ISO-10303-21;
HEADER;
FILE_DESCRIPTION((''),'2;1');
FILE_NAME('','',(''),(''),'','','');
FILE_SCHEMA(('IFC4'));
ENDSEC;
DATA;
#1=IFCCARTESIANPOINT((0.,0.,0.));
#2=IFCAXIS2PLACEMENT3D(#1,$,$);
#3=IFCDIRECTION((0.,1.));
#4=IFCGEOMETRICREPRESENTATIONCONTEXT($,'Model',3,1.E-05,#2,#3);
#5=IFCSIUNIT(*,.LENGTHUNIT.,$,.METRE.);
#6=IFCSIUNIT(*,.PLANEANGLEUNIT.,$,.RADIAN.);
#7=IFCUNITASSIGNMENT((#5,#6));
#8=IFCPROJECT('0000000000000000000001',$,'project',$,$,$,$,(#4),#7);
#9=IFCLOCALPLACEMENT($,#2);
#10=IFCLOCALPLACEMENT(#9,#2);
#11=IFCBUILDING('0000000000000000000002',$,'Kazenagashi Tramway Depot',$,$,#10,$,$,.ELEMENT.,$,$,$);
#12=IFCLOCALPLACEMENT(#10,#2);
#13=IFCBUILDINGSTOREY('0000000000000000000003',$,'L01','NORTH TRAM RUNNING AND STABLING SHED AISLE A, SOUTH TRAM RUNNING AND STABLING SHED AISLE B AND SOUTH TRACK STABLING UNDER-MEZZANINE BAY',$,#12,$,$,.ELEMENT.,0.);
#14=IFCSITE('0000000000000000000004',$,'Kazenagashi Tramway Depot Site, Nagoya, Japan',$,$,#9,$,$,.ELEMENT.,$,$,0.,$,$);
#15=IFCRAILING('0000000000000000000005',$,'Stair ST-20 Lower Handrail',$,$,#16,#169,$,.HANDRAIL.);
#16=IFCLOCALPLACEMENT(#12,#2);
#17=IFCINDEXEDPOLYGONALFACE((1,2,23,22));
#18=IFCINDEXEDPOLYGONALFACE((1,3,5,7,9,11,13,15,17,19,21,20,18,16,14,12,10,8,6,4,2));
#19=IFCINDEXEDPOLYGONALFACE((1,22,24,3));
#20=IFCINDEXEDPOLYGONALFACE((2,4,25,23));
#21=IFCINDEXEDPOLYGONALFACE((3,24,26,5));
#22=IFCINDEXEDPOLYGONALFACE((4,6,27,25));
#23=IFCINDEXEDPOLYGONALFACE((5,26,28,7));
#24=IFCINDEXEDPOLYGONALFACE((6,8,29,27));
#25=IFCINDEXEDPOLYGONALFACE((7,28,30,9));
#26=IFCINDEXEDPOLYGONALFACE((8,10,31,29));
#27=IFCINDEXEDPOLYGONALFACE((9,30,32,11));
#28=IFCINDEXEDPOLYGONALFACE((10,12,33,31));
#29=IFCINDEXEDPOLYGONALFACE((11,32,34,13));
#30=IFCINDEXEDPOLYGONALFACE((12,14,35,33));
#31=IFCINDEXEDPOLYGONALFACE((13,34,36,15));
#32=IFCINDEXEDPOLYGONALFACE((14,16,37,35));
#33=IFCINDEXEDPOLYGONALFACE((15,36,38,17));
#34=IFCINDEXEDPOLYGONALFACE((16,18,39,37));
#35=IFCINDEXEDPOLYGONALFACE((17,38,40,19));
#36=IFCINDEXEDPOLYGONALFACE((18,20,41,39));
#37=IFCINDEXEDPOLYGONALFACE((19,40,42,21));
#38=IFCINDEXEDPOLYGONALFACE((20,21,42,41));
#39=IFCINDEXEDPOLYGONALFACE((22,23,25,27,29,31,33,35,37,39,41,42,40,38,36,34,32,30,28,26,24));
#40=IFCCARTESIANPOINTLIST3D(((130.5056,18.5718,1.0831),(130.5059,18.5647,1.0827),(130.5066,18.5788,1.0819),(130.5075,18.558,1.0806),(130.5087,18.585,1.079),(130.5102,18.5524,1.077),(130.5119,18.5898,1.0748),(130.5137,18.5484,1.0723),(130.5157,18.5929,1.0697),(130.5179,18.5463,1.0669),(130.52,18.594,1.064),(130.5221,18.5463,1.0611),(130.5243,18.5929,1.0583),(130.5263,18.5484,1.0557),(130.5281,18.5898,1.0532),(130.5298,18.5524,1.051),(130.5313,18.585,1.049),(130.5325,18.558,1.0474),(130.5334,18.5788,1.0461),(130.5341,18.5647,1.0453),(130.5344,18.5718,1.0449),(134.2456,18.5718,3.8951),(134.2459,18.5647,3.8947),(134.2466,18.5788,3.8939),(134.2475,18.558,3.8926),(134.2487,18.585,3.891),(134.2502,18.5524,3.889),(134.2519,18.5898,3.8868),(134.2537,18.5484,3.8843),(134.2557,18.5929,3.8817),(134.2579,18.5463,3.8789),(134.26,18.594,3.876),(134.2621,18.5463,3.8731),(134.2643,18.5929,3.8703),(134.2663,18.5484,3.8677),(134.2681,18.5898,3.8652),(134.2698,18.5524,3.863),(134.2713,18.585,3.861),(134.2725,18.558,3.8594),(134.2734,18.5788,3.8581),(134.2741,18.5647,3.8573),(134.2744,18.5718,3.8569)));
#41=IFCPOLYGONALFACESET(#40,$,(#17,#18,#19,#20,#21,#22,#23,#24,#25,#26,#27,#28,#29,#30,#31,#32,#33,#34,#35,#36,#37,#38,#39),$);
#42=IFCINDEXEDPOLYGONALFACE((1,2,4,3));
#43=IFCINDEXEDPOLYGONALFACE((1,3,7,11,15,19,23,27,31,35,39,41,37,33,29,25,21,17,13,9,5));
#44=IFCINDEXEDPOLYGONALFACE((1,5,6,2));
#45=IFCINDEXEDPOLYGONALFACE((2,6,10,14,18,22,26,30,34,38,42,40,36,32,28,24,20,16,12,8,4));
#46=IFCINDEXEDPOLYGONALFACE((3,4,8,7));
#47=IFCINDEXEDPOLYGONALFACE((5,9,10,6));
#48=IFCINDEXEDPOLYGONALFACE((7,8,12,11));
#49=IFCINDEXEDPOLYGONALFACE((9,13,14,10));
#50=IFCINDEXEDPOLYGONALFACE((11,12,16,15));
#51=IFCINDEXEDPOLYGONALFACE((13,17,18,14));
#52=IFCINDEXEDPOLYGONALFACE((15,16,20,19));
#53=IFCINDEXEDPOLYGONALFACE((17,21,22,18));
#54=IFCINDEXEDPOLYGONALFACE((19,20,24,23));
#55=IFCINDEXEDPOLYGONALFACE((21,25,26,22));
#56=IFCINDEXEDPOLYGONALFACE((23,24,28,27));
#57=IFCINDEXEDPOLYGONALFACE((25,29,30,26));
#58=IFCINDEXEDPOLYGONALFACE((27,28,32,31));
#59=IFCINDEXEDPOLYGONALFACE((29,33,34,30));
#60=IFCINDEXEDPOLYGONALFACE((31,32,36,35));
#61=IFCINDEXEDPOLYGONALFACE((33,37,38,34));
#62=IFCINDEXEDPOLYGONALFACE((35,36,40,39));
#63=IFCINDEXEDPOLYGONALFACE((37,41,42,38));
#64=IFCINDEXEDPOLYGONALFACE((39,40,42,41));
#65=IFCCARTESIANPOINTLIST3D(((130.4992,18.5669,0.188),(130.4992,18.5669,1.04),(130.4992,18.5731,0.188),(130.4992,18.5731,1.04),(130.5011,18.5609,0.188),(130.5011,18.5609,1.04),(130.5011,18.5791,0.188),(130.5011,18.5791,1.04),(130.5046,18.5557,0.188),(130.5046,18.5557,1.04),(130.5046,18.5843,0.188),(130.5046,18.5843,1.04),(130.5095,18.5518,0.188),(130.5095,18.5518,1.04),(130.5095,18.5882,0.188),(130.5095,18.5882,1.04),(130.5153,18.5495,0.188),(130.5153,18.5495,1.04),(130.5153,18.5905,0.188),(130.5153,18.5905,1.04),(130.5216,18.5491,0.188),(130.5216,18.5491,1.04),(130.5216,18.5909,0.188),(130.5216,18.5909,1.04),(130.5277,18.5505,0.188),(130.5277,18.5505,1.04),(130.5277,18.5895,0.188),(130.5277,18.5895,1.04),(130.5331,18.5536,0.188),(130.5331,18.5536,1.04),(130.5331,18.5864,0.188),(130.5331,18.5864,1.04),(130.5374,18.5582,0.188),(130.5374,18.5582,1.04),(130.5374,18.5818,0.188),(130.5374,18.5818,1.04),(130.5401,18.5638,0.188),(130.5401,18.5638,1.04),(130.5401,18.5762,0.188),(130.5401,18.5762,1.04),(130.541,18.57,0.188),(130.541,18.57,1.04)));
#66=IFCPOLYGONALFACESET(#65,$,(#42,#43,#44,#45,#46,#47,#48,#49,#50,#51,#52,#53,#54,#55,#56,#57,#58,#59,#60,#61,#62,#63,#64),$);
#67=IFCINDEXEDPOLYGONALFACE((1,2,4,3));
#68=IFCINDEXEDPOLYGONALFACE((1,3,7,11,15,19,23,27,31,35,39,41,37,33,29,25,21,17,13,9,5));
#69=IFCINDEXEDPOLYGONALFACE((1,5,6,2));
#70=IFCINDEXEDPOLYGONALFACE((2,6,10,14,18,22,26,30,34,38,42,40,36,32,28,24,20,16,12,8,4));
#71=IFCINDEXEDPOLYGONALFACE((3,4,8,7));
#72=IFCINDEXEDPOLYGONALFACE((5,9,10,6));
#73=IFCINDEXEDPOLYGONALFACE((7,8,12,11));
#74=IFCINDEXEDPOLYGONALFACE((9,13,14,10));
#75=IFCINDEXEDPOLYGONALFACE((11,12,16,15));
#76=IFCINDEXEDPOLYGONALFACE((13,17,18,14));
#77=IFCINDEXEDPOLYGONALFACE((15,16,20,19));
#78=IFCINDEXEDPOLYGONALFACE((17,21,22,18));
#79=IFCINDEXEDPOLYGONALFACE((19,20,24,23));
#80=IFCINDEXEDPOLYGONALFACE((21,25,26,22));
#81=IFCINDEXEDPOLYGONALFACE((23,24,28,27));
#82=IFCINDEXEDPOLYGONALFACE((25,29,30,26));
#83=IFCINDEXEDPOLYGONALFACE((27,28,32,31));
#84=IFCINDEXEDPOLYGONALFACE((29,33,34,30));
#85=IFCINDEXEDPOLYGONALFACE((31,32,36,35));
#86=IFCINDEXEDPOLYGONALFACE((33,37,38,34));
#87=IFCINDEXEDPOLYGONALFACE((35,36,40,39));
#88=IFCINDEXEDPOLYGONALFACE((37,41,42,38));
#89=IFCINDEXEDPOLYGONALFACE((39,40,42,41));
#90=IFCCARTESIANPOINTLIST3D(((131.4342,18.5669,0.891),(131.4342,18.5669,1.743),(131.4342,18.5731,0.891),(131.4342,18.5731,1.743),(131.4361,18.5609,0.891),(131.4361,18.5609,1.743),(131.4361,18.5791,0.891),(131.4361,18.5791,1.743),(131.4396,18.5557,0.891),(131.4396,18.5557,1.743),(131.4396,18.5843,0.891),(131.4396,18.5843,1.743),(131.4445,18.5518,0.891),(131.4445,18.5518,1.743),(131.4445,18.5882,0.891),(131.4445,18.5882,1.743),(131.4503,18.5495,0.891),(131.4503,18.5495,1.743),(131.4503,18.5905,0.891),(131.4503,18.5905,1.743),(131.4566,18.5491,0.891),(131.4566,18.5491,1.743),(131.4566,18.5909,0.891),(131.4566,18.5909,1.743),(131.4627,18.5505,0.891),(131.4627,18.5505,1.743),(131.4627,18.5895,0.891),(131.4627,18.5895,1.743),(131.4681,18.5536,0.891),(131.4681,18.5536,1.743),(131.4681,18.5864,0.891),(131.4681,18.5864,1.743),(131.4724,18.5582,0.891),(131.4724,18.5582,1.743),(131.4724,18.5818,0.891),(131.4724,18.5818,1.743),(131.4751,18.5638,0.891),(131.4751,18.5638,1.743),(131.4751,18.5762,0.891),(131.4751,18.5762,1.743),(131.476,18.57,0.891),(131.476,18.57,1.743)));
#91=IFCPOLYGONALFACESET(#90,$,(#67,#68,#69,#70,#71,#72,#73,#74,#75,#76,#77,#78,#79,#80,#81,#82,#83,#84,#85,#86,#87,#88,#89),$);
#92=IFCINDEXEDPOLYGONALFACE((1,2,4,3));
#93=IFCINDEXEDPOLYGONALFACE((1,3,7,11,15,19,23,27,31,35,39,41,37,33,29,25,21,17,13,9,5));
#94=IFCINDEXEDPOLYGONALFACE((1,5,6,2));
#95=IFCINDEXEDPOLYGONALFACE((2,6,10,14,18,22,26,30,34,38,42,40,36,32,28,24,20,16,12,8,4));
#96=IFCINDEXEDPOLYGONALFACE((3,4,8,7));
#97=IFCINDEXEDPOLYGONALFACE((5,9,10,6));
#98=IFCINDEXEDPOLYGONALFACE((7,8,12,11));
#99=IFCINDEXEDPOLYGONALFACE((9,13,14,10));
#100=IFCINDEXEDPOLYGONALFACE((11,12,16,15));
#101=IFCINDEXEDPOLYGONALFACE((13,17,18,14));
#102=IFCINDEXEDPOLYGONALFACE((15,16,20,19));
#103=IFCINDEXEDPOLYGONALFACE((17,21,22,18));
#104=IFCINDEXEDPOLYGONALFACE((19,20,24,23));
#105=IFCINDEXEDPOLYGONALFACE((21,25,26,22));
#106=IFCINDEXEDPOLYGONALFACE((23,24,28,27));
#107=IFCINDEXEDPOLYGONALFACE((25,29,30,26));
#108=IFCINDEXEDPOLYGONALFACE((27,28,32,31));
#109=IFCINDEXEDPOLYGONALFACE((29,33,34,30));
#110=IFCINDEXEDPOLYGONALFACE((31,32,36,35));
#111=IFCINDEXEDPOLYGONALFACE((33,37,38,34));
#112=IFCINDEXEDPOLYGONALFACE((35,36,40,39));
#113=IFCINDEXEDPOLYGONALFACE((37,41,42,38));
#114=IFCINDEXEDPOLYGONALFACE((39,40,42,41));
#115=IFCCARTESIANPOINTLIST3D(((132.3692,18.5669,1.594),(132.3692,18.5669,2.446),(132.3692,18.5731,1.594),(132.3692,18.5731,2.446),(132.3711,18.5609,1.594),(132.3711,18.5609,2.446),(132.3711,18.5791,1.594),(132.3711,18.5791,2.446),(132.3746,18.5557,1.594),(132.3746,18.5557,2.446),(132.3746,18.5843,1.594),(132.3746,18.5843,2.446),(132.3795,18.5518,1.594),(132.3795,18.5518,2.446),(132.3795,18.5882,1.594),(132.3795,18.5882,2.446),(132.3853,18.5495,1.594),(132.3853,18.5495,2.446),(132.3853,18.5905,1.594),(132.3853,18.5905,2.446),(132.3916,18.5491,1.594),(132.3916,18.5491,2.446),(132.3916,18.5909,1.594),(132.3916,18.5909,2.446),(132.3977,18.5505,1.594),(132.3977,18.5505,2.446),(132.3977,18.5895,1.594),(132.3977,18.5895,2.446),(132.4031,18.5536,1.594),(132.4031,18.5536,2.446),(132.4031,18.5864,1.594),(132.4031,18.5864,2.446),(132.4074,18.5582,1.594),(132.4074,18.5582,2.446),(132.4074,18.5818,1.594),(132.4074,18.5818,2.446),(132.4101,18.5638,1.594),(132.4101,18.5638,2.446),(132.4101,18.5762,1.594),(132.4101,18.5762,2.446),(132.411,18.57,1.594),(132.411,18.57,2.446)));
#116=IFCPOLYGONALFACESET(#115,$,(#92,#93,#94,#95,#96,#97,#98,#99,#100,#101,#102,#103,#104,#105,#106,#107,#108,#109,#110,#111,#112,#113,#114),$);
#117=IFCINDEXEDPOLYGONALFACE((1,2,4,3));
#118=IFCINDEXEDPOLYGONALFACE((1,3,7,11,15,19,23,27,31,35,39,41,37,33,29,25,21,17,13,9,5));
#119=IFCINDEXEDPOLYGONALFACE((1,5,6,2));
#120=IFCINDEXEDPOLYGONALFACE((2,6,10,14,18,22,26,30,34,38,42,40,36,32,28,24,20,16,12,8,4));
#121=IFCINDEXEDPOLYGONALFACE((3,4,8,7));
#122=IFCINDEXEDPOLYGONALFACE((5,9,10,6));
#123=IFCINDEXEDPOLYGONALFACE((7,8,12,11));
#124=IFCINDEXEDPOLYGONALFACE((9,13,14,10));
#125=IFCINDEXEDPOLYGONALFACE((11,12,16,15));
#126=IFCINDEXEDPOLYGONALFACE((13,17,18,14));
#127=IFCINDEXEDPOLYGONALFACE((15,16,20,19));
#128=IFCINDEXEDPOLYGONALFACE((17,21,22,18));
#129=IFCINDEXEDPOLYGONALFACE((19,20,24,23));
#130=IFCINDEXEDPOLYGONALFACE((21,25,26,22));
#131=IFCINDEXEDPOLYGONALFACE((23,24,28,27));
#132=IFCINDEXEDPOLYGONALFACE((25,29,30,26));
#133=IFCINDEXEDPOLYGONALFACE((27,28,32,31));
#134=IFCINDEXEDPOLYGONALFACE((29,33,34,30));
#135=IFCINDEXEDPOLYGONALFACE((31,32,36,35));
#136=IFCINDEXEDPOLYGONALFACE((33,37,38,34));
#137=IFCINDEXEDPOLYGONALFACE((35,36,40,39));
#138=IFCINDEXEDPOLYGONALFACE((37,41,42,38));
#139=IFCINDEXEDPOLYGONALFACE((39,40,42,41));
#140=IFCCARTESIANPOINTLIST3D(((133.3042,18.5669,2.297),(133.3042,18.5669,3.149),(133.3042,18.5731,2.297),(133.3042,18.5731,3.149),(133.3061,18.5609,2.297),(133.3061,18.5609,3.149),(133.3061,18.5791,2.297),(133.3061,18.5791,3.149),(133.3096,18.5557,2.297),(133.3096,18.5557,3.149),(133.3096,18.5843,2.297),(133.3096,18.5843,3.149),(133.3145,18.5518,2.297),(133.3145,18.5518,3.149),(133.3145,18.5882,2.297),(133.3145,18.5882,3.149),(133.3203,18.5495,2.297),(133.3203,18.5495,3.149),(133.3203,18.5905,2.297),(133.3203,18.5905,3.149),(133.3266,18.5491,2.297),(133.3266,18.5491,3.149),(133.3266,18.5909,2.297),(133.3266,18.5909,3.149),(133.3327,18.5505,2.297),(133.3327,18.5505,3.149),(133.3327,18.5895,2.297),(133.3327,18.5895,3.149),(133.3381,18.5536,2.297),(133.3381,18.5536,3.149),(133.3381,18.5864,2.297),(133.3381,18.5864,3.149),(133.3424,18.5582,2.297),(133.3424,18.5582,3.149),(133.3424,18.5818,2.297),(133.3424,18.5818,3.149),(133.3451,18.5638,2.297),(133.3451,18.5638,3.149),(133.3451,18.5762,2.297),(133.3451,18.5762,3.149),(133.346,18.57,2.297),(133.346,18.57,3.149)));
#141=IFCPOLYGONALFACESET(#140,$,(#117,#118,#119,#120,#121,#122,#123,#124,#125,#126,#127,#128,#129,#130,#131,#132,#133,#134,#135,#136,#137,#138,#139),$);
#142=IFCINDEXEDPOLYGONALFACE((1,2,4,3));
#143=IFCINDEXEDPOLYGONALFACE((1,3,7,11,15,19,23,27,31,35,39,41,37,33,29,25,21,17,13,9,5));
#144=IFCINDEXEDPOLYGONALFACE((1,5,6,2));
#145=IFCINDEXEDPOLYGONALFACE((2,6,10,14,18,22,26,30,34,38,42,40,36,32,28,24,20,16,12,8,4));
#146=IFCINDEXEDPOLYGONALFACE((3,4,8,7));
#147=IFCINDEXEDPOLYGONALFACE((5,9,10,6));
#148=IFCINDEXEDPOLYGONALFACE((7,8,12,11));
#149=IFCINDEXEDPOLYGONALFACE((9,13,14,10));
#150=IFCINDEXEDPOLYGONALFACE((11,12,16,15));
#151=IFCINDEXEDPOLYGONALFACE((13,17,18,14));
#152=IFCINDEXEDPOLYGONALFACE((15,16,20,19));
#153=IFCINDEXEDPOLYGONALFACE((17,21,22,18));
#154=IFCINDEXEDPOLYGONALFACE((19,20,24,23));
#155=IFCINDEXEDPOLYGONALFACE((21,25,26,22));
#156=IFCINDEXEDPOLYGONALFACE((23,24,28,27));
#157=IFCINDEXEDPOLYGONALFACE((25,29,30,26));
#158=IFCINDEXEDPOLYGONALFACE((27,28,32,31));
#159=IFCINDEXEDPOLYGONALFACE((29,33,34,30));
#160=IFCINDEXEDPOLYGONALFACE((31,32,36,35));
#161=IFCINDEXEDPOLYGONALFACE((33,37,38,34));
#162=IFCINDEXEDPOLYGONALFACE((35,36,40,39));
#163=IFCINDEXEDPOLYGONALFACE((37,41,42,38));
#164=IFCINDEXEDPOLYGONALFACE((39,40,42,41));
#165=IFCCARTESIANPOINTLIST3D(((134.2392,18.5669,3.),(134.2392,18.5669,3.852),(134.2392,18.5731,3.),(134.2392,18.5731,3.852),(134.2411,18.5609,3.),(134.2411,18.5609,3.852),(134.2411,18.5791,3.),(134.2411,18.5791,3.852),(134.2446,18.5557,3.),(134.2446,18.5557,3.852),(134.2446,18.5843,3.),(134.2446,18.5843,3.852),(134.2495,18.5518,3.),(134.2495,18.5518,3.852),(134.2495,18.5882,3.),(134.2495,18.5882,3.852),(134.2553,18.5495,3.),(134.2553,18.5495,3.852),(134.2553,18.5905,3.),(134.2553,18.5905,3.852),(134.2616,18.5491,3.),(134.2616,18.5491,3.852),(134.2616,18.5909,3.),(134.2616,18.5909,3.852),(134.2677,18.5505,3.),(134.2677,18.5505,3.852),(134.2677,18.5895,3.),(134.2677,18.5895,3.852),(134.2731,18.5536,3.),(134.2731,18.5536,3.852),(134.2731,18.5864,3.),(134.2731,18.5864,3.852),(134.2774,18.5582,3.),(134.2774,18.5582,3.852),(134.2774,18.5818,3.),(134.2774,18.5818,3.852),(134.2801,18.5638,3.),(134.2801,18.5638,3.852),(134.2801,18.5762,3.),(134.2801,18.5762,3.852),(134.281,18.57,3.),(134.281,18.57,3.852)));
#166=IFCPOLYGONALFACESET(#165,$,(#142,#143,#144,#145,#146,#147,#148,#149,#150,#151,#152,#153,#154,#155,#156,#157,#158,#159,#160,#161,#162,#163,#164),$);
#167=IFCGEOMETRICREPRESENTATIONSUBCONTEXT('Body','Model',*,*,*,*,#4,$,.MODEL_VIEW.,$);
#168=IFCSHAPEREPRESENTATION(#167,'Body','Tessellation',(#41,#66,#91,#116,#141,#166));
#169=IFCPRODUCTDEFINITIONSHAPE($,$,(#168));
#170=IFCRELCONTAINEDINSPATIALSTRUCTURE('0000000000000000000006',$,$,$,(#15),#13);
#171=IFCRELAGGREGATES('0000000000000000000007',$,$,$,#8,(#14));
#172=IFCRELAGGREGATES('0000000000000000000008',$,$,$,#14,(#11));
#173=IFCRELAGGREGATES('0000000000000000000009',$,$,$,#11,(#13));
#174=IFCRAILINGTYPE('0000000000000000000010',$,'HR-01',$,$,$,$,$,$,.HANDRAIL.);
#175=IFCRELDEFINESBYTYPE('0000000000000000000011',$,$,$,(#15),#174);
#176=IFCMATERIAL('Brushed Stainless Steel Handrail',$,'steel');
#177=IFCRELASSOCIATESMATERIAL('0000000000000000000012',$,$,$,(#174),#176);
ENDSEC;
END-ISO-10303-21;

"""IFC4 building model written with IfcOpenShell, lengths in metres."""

from ifc_helpers import new_model, si_unit, direction, frame, origin, origin_2d, place, context, subcontext, project, spatial, circle, extrude, material, type_object, element, save


model = new_model("IFC4")

# Units and contexts
model_context = context("Model", 3, precision=1e-05, world=origin(), true_north=direction((0.0, 1.0)))
body_context = subcontext(model_context, "Body", "Model", "MODEL_VIEW")
ifc_project = project(units=[si_unit("LENGTHUNIT", "METRE"), si_unit("PLANEANGLEUNIT", "RADIAN")], contexts=[model_context])

# Site, building, storey
site_placement = place(None, origin())
site = spatial("IfcSite", under=ifc_project, at=site_placement, Name="Kazenagashi Tramway Depot Site, Nagoya, Japan", CompositionType="ELEMENT", RefElevation=0.0)
building_placement = place(site_placement, origin())
building = spatial("IfcBuilding", under=site, at=building_placement, Name="Kazenagashi Tramway Depot", CompositionType="ELEMENT")
storey_placement = place(building_placement, origin())
storey = spatial("IfcBuildingStorey", under=building, at=storey_placement, Name="L01", Description="NORTH TRAM RUNNING AND STABLING SHED AISLE A, SOUTH TRAM RUNNING AND STABLING SHED AISLE B AND SOUTH TRACK STABLING UNDER-MEZZANINE BAY", CompositionType="ELEMENT", Elevation=0.0)

# Railing
ifc_material_1 = material(Name="Brushed Stainless Steel Handrail", Category="steel")
railing_type_1 = type_object("IfcRailingType", Name="HR-01", PredefinedType="HANDRAIL", material=ifc_material_1)
railing_1_placement = place(storey_placement, frame((130.52, 18.57, 0.188)))
element("IfcRailing", 1, at=railing_1_placement, inside=storey, type_object=railing_type_1, Name="Stair ST-20 Lower Handrail", PredefinedType="HANDRAIL", context=body_context, shape_type="SweptSolid", body=[
    extrude(circle(Radius=0.024, at=origin_2d()), frame((0.0, 0.0, 0.876), z_axis=(0.799281, 0.0, 0.600957), x_axis=(0.0, 1.0, 0.0)), (0.0, 0.0, 1.0), 4.6792),
    extrude(circle(Radius=0.021, at=origin_2d()), origin(), (0.0, 0.0, 1.0), 0.852),
    extrude(circle(Radius=0.021, at=origin_2d()), frame((0.935, 0.0, 0.703)), (0.0, 0.0, 1.0), 0.852),
    extrude(circle(Radius=0.021, at=origin_2d()), frame((1.87, 0.0, 1.406)), (0.0, 0.0, 1.0), 0.852),
    extrude(circle(Radius=0.021, at=origin_2d()), frame((2.805, 0.0, 2.109)), (0.0, 0.0, 1.0), 0.852),
    extrude(circle(Radius=0.021, at=origin_2d()), frame((3.74, 0.0, 2.812)), (0.0, 0.0, 1.0), 0.852),
])

save(model, "model.ifc")
